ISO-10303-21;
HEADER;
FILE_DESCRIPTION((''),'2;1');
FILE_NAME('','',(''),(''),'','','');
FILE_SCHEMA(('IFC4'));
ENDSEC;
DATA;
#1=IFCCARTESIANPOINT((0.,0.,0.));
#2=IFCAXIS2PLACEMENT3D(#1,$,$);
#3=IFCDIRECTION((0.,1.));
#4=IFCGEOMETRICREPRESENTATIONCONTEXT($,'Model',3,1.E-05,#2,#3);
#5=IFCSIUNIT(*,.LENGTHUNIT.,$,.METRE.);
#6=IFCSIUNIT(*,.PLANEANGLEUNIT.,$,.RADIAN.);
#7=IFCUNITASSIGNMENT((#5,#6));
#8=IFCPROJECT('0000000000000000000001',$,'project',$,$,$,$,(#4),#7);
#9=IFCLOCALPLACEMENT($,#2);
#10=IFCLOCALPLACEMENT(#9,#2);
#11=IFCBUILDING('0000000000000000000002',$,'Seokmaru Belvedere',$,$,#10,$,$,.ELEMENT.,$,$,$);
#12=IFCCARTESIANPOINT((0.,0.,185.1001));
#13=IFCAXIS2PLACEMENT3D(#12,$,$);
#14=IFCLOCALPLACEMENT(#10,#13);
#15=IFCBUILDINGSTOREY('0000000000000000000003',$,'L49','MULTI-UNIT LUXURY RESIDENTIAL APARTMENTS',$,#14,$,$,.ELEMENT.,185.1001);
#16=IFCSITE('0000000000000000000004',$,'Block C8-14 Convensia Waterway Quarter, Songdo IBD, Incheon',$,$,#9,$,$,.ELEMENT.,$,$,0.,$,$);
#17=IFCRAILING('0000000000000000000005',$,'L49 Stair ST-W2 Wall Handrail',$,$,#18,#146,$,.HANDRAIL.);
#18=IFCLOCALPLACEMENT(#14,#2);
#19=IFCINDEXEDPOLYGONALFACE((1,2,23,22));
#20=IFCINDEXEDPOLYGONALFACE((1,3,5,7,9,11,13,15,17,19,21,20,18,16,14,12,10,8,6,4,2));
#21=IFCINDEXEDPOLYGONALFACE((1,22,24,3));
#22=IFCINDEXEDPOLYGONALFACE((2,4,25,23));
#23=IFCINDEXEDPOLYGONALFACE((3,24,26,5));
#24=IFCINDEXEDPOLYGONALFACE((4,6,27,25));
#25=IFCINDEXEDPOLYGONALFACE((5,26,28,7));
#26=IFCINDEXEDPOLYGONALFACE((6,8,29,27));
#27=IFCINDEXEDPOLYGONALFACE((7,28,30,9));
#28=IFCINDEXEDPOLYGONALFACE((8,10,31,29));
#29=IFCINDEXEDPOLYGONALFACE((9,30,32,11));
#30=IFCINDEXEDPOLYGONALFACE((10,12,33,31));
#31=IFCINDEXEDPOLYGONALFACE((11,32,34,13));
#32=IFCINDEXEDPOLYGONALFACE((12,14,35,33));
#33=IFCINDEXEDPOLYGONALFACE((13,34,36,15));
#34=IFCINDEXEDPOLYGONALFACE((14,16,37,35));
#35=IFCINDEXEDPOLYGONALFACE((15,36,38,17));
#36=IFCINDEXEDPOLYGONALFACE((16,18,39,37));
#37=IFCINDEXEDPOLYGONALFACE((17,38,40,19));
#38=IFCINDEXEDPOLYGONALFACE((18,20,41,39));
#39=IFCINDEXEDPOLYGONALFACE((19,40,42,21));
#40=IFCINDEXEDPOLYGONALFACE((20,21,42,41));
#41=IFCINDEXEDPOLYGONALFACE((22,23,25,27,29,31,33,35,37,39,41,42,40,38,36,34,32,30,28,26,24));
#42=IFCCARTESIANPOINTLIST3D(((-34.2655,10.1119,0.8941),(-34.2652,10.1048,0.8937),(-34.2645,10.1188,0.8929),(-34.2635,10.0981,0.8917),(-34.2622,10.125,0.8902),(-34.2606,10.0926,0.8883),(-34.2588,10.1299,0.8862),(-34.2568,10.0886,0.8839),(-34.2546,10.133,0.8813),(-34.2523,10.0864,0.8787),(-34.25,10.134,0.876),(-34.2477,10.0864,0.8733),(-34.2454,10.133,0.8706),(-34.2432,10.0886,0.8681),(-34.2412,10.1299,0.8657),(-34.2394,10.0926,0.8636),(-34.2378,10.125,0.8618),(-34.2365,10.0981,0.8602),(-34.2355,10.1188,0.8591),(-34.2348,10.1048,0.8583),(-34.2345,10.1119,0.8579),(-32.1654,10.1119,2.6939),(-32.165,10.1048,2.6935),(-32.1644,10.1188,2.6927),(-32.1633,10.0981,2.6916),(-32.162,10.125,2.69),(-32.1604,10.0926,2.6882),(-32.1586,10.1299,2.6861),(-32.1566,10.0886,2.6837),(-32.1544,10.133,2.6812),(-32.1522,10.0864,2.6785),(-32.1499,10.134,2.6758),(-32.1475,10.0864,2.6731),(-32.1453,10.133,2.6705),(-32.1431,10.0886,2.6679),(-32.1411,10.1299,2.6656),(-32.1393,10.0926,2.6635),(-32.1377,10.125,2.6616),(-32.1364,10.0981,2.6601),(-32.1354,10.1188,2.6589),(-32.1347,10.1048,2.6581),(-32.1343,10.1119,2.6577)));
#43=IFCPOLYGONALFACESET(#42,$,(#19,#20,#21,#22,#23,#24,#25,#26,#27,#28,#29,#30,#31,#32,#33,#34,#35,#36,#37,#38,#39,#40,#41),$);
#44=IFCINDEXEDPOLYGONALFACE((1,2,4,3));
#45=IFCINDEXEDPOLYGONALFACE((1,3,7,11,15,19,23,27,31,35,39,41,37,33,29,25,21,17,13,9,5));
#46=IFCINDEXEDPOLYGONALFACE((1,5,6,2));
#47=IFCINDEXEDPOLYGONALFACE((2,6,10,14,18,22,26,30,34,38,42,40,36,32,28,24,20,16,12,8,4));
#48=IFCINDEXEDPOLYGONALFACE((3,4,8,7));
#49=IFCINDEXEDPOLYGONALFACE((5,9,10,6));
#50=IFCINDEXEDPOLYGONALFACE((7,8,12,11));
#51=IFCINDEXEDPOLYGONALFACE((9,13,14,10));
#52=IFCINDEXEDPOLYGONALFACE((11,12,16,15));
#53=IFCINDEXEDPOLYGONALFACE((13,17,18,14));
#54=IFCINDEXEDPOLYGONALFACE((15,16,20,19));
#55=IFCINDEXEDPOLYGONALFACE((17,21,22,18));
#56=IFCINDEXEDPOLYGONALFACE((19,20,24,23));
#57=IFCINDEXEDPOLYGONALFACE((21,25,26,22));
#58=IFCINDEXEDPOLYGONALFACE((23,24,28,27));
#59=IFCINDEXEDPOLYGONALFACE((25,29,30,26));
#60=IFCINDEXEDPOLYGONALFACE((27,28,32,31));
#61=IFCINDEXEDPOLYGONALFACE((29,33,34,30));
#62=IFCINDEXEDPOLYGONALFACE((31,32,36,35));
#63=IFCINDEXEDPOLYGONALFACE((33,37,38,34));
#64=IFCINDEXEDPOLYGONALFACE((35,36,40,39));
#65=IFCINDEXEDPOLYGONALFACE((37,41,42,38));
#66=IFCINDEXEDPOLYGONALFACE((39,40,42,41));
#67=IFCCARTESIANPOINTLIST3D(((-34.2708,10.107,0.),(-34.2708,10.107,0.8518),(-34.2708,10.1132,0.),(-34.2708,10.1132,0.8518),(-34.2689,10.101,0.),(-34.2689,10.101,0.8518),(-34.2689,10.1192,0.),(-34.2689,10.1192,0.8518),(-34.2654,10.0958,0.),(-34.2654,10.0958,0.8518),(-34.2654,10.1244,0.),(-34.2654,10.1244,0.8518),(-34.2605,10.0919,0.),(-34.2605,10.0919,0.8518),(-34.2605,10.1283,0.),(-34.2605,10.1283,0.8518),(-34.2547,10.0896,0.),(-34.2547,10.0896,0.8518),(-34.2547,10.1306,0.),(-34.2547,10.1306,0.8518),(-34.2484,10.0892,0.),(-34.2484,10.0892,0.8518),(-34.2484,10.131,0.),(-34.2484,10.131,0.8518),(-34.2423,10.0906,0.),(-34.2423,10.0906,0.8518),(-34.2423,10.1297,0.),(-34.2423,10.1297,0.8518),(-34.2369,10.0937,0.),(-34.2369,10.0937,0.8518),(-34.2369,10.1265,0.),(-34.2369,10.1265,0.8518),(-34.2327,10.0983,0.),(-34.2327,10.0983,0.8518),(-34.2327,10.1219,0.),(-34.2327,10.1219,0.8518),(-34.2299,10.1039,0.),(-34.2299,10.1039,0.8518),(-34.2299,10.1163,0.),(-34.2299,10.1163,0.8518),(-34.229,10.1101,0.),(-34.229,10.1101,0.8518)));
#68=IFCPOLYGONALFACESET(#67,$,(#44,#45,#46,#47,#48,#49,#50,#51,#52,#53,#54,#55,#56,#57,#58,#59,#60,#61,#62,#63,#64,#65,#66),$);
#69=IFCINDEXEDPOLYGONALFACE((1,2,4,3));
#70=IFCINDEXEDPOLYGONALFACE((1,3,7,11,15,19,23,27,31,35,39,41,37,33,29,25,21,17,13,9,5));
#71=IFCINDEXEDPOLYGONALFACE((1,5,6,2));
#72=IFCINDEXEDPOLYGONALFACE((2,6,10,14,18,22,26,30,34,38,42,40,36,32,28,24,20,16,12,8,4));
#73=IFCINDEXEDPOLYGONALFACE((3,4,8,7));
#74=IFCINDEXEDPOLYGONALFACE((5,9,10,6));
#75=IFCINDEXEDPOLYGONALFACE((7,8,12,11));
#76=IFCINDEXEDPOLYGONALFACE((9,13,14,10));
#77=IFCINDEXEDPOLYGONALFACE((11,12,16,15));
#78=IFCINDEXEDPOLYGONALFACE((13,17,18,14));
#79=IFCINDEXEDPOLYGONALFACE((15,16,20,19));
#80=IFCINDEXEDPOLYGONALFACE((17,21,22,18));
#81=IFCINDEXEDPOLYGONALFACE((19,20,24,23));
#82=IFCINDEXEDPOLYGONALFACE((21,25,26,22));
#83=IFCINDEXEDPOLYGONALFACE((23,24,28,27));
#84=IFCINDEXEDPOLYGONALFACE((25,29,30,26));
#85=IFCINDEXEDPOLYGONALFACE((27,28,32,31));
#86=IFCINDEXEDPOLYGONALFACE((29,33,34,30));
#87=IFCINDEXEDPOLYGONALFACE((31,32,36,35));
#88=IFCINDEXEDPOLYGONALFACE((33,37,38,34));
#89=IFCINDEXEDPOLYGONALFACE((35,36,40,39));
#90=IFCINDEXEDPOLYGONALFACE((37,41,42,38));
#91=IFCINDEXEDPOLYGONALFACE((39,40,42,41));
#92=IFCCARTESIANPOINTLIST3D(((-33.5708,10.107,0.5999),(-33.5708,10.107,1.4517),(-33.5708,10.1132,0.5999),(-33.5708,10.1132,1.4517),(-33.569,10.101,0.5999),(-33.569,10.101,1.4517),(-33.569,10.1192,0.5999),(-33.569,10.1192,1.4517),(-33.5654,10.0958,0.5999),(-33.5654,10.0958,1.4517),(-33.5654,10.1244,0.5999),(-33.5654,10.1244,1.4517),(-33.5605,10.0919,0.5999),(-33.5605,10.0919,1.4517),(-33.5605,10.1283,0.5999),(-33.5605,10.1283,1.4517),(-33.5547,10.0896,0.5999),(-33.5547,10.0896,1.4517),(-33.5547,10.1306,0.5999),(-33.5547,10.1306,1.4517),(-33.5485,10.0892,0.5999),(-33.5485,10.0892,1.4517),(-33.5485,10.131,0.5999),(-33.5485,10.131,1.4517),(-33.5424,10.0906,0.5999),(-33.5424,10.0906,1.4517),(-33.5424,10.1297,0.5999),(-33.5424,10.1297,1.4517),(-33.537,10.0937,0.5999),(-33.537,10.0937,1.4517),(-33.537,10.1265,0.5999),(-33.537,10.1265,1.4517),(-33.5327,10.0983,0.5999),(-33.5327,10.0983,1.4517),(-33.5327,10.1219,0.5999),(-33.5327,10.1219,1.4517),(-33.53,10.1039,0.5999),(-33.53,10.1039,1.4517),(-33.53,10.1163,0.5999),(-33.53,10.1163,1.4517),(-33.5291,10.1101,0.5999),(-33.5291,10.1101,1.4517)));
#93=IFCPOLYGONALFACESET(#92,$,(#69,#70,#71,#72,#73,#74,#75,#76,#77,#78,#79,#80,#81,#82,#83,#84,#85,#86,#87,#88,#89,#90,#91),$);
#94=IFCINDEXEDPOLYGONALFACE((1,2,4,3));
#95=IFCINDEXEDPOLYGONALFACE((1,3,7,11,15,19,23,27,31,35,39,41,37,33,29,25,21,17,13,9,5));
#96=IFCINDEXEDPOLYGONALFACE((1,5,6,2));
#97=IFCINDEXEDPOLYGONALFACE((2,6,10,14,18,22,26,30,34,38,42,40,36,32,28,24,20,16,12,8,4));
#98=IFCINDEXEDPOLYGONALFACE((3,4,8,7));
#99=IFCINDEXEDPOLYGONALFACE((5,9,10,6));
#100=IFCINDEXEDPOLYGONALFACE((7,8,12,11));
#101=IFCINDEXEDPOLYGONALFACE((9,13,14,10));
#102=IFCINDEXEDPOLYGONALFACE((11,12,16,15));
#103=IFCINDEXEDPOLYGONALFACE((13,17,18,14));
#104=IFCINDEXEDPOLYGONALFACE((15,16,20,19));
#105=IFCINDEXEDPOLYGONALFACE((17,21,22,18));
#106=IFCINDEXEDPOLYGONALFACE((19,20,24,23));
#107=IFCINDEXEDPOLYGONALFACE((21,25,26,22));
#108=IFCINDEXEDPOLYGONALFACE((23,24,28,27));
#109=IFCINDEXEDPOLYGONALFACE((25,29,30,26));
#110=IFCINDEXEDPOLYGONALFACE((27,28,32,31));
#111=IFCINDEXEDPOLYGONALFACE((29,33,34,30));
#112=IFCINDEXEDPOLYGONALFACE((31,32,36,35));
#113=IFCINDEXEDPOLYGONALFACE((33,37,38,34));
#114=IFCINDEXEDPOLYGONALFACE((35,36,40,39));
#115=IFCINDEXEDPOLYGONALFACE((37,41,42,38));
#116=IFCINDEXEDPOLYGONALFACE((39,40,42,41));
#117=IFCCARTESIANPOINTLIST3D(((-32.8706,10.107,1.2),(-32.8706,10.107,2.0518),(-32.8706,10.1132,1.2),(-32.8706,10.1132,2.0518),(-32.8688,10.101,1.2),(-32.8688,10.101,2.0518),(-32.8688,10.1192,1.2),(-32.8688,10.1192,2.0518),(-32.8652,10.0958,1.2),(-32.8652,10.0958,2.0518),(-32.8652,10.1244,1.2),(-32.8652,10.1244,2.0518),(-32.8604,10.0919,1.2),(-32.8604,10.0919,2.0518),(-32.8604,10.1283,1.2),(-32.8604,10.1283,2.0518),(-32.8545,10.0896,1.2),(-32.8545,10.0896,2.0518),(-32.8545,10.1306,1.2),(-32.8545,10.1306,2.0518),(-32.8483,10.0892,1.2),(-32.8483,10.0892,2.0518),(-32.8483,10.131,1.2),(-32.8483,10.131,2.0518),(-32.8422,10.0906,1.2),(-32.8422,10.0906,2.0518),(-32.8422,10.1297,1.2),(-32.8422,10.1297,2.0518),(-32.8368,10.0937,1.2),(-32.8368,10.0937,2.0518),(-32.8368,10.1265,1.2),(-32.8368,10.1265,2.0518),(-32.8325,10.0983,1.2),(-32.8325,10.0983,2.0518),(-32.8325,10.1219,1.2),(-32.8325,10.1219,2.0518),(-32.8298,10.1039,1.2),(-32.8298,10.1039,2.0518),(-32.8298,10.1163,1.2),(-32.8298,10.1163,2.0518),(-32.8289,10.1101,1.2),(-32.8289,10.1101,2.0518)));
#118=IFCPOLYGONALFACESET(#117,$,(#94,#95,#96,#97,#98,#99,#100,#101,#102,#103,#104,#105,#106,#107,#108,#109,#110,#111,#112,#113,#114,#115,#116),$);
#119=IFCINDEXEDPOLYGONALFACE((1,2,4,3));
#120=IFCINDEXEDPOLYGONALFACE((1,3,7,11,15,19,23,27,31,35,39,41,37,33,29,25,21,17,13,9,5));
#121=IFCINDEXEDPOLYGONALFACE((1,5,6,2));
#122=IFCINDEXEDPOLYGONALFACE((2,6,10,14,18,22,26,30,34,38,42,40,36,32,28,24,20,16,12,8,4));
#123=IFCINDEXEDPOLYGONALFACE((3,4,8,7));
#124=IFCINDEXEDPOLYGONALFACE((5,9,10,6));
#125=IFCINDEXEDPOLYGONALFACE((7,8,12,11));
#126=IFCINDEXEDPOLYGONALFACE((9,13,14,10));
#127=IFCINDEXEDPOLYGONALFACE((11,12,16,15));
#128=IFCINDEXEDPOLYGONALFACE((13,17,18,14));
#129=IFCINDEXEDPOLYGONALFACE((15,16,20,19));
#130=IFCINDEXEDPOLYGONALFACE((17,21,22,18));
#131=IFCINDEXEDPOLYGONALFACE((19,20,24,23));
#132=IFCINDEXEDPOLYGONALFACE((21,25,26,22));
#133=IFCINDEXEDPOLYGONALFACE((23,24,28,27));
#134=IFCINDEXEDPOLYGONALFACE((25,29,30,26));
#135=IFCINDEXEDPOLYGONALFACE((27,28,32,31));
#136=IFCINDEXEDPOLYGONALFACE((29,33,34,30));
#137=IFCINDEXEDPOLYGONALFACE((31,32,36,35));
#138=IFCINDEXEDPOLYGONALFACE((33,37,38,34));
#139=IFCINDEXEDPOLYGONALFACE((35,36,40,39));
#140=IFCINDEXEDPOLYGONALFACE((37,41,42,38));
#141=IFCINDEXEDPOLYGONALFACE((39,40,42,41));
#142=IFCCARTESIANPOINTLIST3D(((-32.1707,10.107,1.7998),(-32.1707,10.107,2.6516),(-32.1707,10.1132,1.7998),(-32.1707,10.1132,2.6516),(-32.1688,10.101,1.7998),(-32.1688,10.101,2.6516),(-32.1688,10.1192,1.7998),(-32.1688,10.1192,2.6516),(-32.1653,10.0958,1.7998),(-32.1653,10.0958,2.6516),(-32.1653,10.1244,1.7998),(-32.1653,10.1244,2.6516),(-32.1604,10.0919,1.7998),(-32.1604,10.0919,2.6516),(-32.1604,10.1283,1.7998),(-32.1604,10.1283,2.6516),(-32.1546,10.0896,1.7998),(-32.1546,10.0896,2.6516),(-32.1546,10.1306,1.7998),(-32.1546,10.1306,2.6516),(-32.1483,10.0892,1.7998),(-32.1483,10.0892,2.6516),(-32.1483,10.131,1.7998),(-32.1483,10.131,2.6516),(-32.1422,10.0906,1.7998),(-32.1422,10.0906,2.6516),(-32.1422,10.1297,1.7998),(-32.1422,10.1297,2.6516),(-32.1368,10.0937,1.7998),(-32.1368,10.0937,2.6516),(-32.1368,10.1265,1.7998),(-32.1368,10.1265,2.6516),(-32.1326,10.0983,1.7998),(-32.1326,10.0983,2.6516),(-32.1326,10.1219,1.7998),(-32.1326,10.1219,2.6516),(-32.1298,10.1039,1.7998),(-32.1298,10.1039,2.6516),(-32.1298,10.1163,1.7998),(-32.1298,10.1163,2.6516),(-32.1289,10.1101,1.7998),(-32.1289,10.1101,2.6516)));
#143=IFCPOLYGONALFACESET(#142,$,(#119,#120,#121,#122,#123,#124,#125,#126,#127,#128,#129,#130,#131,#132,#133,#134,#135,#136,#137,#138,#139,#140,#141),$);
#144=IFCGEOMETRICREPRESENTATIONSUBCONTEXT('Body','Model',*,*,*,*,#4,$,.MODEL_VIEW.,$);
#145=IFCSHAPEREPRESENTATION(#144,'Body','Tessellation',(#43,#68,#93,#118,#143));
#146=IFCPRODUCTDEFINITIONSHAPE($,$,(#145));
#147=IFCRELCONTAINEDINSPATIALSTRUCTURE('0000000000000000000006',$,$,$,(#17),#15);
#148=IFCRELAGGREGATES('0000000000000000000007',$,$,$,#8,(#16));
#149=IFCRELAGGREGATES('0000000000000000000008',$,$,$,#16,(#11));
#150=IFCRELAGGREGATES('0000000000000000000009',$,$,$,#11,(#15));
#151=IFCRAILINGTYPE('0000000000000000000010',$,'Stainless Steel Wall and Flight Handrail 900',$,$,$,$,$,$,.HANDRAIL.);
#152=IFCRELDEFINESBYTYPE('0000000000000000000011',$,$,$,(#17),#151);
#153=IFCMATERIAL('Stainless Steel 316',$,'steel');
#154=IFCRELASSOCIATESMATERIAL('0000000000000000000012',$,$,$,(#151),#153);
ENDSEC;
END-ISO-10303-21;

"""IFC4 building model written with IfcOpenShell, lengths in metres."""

from ifc_helpers import new_model, si_unit, direction, frame, origin, origin_2d, place, context, subcontext, project, spatial, circle, extrude, material, type_object, element, save


model = new_model("IFC4")

# Units and contexts
model_context = context("Model", 3, precision=1e-05, world=origin(), true_north=direction((0.0, 1.0)))
body_context = subcontext(model_context, "Body", "Model", "MODEL_VIEW")
ifc_project = project(units=[si_unit("LENGTHUNIT", "METRE"), si_unit("PLANEANGLEUNIT", "RADIAN")], contexts=[model_context])

# Site, building, storey
site_placement = place(None, origin())
site = spatial("IfcSite", under=ifc_project, at=site_placement, Name="Block C8-14 Convensia Waterway Quarter, Songdo IBD, Incheon", CompositionType="ELEMENT", RefElevation=0.0)
building_placement = place(site_placement, origin())
building = spatial("IfcBuilding", under=site, at=building_placement, Name="Seokmaru Belvedere", CompositionType="ELEMENT")
storey_placement = place(building_placement, frame((0.0, 0.0, 185.1001)))
storey = spatial("IfcBuildingStorey", under=building, at=storey_placement, Name="L49", Description="MULTI-UNIT LUXURY RESIDENTIAL APARTMENTS", CompositionType="ELEMENT", Elevation=185.1001)

# Railing
ifc_material_1 = material(Name="Stainless Steel 316", Category="steel")
railing_type_1 = type_object("IfcRailingType", Name="Stainless Steel Wall and Flight Handrail 900", PredefinedType="HANDRAIL", material=ifc_material_1)
railing_1_placement = place(storey_placement, frame((-34.25, 10.1101, 0.0)))
element("IfcRailing", 1, at=railing_1_placement, inside=storey, type_object=railing_type_1, Name="L49 Stair ST-W2 Wall Handrail", PredefinedType="HANDRAIL", context=body_context, shape_type="SweptSolid", body=[
    extrude(circle(Radius=0.0239, at=origin_2d()), frame((0.0, 0.0, 0.876), z_axis=(0.759306, 0.0, 0.650733), x_axis=(0.0, 1.0, 0.0)), (0.0, 0.0, 1.0), 2.7659),
    extrude(circle(Radius=0.021, at=origin_2d()), origin(), (0.0, 0.0, 1.0), 0.8518),
    extrude(circle(Radius=0.021, at=origin_2d()), frame((0.7, 0.0, 0.5999)), (0.0, 0.0, 1.0), 0.8518),
    extrude(circle(Radius=0.021, at=origin_2d()), frame((1.4001, 0.0, 1.2)), (0.0, 0.0, 1.0), 0.8518),
    extrude(circle(Radius=0.021, at=origin_2d()), frame((2.1001, 0.0, 1.7998)), (0.0, 0.0, 1.0), 0.8518),
])

save(model, "model.ifc")
